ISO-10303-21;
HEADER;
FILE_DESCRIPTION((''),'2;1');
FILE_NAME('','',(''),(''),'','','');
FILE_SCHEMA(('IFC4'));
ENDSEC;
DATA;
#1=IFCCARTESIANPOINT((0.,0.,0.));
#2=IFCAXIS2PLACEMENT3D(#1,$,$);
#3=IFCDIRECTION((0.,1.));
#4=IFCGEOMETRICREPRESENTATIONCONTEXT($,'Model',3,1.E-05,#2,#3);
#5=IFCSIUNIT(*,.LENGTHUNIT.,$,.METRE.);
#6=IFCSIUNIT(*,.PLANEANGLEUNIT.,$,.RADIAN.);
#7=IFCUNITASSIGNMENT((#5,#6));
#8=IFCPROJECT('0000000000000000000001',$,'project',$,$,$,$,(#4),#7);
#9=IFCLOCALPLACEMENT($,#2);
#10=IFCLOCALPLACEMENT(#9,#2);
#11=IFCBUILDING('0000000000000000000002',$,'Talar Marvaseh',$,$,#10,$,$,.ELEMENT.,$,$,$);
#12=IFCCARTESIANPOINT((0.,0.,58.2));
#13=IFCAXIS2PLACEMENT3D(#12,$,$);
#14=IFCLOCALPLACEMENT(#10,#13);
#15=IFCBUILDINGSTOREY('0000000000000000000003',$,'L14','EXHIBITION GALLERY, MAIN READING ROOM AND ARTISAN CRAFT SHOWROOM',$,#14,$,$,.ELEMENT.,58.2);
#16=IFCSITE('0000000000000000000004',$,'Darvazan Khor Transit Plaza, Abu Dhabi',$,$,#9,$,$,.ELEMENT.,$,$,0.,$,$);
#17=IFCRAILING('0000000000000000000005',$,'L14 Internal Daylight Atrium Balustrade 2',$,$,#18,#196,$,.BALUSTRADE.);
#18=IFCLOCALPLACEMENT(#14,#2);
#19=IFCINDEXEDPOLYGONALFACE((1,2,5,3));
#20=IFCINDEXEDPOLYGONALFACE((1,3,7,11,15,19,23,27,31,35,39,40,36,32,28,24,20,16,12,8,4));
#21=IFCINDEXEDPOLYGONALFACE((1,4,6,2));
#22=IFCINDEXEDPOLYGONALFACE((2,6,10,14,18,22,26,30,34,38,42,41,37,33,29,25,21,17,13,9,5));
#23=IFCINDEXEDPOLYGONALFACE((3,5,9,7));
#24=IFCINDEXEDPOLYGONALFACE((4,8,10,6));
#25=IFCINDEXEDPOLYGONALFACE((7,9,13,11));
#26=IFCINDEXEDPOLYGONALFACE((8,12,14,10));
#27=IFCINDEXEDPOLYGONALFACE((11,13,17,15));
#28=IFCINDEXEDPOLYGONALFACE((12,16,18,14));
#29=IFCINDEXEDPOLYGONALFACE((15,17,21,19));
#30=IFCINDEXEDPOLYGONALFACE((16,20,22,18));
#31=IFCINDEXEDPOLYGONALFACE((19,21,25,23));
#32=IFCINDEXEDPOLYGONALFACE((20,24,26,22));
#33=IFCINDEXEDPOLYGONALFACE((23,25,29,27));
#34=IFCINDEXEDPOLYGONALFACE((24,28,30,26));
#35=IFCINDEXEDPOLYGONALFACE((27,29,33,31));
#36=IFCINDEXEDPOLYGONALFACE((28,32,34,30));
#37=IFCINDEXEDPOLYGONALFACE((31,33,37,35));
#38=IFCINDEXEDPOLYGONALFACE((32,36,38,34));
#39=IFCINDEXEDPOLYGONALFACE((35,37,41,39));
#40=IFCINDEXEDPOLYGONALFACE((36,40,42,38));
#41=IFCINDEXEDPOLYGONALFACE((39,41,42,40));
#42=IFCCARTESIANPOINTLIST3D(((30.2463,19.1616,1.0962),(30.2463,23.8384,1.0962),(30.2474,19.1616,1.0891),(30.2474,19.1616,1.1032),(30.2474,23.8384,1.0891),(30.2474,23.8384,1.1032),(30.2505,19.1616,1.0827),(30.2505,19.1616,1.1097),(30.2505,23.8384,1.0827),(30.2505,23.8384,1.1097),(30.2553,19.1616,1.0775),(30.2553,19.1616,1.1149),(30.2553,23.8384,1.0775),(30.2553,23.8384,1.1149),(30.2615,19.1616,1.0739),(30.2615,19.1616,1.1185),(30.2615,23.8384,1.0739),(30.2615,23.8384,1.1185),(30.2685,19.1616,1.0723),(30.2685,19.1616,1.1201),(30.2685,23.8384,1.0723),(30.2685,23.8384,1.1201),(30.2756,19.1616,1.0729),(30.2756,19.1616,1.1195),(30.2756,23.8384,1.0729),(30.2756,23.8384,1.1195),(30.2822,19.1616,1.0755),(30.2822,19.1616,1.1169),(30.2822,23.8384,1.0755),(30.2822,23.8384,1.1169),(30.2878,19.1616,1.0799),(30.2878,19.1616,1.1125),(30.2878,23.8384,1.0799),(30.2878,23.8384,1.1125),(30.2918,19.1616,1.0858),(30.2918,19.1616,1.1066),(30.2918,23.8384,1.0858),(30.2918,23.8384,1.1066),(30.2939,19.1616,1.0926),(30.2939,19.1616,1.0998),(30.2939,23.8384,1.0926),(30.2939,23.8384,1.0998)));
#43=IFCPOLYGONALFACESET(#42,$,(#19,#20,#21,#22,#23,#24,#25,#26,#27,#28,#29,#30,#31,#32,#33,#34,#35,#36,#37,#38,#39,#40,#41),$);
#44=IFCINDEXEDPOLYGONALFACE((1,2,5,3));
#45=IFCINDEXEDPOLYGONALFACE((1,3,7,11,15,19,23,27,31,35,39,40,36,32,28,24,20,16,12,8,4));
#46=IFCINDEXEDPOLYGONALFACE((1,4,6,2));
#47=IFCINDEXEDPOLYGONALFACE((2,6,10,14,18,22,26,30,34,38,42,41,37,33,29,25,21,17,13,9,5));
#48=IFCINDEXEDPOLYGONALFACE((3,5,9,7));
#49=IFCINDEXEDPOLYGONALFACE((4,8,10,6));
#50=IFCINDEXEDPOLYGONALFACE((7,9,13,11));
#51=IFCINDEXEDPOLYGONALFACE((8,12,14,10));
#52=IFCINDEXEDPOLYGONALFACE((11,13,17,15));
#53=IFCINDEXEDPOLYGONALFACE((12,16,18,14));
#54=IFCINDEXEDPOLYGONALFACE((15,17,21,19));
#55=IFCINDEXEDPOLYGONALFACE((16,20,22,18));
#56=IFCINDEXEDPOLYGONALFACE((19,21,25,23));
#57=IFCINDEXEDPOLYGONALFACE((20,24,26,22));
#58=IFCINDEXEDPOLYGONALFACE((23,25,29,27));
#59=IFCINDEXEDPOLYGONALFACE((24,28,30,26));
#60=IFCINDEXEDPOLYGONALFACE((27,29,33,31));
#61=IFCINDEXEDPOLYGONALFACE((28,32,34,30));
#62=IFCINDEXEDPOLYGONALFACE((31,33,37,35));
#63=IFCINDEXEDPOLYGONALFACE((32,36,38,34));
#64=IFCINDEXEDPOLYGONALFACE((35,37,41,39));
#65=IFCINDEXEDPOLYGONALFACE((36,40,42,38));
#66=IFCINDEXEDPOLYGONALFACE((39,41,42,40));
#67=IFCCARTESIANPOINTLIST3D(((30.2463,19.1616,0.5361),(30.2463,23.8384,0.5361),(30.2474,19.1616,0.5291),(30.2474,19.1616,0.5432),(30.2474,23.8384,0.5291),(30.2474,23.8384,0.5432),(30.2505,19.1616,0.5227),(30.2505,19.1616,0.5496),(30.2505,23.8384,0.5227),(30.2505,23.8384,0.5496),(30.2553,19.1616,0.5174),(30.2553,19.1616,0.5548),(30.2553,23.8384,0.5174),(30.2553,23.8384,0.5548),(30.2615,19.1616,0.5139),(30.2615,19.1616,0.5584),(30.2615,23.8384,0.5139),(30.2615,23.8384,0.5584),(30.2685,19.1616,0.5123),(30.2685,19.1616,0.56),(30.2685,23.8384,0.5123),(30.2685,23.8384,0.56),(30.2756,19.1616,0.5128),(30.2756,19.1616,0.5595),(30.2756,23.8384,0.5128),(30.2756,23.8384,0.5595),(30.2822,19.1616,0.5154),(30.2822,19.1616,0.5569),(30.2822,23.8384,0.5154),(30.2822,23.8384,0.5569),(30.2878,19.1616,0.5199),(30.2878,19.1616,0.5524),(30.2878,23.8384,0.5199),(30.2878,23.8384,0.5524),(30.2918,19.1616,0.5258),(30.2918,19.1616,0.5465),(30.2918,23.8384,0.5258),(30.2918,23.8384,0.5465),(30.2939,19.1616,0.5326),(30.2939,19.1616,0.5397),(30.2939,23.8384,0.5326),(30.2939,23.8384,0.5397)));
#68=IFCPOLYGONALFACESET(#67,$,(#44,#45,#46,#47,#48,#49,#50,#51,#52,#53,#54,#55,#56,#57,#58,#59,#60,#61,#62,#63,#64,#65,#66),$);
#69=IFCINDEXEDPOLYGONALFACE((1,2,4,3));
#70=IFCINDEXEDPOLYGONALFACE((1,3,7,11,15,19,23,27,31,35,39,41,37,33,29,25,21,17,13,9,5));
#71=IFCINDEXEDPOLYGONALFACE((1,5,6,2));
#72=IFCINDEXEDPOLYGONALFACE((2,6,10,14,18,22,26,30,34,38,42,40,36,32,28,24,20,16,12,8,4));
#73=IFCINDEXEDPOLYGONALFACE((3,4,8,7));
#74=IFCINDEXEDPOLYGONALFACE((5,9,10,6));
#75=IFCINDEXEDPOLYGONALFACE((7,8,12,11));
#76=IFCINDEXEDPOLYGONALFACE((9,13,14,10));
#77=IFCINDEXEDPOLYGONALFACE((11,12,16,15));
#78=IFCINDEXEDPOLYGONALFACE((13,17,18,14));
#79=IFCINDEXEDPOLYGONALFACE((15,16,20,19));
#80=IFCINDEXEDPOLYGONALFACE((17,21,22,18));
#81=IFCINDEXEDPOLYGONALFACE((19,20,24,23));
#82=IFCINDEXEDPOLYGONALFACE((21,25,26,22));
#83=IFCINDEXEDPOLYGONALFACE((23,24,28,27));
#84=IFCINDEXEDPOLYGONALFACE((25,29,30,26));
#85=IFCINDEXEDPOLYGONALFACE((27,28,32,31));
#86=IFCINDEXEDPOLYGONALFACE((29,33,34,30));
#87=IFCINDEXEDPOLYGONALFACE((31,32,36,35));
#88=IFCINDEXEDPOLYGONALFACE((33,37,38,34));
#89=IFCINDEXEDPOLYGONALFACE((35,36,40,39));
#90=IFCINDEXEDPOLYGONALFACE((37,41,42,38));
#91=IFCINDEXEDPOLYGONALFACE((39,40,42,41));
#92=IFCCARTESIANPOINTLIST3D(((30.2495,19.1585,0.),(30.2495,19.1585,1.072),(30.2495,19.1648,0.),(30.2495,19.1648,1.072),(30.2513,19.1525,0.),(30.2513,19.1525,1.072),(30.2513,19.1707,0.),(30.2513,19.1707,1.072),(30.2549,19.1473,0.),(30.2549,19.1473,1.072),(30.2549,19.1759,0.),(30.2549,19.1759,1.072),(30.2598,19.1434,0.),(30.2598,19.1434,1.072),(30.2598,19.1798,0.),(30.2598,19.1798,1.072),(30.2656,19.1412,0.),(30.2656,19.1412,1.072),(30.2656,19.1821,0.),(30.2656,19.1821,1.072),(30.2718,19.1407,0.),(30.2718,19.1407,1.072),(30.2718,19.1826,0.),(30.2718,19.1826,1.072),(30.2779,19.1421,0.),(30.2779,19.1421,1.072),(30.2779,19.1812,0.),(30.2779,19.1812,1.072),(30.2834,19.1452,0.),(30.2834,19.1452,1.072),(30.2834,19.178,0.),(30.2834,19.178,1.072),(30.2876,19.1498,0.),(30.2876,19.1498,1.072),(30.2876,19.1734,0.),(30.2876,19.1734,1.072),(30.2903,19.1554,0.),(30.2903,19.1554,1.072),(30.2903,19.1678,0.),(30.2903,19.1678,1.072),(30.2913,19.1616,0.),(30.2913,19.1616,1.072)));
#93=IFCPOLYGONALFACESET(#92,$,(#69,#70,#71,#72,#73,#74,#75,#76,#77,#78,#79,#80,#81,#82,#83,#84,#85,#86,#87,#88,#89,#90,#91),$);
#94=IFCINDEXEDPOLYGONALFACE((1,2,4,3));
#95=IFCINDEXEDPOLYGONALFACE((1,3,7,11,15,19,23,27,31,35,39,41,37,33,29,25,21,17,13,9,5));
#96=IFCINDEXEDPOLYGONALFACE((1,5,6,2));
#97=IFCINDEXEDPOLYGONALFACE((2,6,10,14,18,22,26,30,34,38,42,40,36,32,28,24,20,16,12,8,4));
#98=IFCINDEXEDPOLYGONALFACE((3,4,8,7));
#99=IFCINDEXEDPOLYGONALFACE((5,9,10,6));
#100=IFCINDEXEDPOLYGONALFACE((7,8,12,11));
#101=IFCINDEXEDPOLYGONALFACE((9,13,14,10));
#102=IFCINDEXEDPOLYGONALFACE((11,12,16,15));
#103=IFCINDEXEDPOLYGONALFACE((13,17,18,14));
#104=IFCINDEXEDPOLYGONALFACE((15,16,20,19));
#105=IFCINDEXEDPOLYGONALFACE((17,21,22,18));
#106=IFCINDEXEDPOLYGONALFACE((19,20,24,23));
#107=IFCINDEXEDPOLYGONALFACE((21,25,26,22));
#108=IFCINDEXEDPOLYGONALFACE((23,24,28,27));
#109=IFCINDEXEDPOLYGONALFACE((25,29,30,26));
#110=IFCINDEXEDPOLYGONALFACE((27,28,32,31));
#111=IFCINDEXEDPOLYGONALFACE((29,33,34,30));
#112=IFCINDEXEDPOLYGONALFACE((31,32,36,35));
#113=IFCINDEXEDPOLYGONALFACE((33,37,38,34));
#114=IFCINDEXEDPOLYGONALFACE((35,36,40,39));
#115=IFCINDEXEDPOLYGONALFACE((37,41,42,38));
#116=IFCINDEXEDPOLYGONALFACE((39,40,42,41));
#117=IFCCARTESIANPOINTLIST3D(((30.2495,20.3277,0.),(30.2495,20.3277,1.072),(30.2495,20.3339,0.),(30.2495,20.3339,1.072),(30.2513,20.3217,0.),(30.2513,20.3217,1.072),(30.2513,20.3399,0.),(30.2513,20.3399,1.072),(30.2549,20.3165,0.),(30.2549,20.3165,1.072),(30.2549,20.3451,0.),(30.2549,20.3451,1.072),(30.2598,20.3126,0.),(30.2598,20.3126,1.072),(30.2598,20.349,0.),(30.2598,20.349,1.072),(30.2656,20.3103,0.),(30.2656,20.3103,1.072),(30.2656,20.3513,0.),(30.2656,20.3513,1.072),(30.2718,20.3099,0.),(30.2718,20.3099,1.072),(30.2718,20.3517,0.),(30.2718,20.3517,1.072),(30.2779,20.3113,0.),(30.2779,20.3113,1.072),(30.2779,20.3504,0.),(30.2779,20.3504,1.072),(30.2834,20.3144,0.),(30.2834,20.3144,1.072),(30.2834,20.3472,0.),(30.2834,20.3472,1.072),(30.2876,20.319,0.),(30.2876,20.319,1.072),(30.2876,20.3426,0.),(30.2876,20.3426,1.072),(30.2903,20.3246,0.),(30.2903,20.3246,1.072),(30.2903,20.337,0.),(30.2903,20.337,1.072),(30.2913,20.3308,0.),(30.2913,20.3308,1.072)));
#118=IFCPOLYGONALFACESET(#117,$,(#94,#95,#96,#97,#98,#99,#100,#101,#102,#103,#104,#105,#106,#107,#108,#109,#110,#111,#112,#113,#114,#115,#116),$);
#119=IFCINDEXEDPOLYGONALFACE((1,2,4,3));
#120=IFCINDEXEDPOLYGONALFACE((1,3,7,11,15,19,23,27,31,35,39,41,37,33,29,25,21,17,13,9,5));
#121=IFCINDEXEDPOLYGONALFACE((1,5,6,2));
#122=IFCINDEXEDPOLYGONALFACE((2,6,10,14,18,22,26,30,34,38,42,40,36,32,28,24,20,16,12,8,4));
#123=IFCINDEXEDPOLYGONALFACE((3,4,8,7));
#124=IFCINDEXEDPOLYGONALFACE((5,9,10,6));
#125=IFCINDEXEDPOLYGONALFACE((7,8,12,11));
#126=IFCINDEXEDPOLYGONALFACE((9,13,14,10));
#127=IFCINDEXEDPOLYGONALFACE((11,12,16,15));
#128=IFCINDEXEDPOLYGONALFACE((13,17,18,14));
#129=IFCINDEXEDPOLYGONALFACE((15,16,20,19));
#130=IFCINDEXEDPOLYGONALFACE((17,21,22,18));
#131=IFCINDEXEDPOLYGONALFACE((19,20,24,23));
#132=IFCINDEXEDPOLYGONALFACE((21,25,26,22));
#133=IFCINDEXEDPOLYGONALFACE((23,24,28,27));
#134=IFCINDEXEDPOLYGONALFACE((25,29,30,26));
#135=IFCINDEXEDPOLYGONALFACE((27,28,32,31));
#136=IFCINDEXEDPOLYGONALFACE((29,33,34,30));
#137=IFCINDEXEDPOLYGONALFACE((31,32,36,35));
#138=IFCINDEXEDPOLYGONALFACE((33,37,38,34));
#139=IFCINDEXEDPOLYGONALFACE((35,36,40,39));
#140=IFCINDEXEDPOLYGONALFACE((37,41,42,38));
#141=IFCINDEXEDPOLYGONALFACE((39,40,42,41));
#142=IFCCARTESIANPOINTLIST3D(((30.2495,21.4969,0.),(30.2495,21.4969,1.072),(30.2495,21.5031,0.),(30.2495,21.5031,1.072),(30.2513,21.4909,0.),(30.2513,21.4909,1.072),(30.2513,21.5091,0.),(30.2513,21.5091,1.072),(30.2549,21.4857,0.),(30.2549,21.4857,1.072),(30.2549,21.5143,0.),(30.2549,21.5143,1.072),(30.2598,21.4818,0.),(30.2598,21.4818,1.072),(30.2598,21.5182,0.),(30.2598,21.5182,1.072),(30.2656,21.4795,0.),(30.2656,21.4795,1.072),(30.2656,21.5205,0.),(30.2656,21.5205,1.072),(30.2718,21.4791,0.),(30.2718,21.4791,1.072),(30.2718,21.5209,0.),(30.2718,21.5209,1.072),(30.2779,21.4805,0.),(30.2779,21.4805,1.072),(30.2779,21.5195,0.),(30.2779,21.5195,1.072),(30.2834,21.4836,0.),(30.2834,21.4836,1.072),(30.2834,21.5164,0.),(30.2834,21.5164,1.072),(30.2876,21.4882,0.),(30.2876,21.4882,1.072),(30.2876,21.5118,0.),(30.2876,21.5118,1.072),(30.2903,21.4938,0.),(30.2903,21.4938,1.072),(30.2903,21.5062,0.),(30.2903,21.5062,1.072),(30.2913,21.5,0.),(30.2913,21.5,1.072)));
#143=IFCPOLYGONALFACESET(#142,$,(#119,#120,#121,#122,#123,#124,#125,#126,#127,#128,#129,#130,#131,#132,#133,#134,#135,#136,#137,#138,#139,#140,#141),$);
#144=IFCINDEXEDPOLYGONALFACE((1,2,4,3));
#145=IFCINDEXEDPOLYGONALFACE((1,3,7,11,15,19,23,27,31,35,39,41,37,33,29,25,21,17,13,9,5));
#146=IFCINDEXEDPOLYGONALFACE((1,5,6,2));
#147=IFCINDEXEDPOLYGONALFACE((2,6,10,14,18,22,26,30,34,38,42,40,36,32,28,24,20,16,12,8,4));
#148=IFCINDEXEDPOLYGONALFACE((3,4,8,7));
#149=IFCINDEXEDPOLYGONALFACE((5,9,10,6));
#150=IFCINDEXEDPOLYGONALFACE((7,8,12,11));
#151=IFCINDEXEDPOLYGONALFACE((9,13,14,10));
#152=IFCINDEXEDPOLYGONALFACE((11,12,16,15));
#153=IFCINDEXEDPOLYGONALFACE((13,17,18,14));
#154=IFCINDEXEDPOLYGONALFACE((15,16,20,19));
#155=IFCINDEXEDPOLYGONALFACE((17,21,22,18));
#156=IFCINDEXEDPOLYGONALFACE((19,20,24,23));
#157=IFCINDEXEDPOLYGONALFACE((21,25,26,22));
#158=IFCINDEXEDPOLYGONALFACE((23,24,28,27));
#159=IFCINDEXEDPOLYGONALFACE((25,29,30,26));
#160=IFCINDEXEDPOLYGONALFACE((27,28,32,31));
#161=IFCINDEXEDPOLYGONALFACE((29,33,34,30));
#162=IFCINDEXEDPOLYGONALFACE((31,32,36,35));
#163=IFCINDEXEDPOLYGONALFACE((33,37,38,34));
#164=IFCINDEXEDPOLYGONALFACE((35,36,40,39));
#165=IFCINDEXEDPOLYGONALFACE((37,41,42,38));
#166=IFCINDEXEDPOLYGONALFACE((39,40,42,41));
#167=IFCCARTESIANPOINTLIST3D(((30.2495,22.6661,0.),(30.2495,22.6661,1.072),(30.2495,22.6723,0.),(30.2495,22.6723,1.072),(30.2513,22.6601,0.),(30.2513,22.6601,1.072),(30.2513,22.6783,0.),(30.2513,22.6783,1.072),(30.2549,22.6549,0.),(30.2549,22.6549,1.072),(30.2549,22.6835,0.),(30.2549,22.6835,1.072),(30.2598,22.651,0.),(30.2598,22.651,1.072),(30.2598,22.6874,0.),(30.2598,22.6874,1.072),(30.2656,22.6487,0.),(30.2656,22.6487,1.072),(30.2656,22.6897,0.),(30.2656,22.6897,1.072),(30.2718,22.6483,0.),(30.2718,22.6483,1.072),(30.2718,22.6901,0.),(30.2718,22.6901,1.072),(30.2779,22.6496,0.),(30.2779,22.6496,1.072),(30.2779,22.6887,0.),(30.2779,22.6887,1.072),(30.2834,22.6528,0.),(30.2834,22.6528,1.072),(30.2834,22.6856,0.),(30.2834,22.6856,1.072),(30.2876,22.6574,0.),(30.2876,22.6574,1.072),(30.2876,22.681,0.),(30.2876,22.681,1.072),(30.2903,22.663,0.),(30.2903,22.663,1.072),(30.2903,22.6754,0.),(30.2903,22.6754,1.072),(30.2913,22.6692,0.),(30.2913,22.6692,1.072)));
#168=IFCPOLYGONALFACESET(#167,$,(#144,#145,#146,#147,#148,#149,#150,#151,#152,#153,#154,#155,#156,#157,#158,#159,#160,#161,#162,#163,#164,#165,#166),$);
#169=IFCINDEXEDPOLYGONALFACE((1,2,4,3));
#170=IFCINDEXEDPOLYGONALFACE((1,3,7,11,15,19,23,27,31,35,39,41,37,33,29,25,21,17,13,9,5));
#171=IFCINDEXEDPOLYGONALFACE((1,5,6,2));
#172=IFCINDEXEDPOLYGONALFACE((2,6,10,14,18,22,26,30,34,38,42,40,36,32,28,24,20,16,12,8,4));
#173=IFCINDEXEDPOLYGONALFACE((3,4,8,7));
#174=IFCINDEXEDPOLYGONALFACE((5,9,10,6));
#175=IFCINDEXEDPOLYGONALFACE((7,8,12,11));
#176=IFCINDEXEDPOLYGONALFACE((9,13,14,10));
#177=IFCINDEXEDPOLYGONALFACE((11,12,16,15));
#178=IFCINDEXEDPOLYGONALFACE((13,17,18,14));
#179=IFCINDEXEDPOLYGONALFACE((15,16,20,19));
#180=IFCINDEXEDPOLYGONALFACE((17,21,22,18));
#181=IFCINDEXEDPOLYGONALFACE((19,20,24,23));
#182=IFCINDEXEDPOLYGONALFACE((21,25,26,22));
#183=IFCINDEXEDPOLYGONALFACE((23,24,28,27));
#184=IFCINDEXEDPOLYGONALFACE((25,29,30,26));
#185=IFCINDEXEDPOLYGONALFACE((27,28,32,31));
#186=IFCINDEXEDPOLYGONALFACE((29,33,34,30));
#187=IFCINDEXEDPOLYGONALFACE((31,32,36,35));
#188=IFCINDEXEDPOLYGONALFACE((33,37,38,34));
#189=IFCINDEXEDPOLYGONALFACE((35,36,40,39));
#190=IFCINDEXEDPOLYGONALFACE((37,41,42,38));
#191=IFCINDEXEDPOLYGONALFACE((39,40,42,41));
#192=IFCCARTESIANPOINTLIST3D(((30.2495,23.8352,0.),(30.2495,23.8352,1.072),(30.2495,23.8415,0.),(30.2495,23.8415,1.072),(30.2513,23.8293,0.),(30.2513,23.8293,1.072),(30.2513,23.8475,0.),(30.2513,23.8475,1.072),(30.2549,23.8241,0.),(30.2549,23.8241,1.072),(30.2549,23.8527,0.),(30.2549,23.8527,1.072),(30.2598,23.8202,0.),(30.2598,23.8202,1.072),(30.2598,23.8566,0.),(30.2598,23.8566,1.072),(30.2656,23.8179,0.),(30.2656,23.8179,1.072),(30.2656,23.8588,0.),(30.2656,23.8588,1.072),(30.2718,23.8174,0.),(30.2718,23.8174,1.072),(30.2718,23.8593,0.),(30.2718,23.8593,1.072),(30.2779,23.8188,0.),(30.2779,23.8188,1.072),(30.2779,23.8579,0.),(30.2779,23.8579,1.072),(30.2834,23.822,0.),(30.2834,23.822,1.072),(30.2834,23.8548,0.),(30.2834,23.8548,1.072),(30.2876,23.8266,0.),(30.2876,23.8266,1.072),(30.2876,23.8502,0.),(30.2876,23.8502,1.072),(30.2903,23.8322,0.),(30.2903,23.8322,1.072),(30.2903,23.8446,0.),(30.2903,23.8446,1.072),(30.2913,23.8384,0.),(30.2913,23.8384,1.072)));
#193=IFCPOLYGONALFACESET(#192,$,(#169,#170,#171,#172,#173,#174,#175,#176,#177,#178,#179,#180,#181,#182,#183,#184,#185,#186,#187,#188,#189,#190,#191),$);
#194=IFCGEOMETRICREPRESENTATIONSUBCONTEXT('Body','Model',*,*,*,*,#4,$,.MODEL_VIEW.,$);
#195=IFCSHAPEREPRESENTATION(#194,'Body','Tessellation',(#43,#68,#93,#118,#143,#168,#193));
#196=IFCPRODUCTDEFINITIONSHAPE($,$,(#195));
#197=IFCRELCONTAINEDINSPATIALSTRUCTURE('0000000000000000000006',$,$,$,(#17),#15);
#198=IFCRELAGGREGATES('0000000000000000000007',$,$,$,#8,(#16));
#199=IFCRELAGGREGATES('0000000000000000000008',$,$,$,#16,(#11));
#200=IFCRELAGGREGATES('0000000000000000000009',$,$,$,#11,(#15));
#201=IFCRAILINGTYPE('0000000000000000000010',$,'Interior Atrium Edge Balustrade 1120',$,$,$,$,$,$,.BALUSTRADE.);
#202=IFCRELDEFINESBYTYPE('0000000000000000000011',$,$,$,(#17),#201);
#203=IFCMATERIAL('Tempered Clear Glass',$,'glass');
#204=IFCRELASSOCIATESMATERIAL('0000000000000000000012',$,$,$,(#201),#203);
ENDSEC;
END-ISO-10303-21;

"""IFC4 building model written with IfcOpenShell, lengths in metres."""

from ifc_helpers import new_model, si_unit, direction, frame, origin, origin_2d, place, context, subcontext, project, spatial, circle, extrude, material, type_object, element, save


model = new_model("IFC4")

# Units and contexts
model_context = context("Model", 3, precision=1e-05, world=origin(), true_north=direction((0.0, 1.0)))
body_context = subcontext(model_context, "Body", "Model", "MODEL_VIEW")
ifc_project = project(units=[si_unit("LENGTHUNIT", "METRE"), si_unit("PLANEANGLEUNIT", "RADIAN")], contexts=[model_context])

# Site, building, storey
site_placement = place(None, origin())
site = spatial("IfcSite", under=ifc_project, at=site_placement, Name="Darvazan Khor Transit Plaza, Abu Dhabi", CompositionType="ELEMENT", RefElevation=0.0)
building_placement = place(site_placement, origin())
building = spatial("IfcBuilding", under=site, at=building_placement, Name="Talar Marvaseh", CompositionType="ELEMENT")
storey_placement = place(building_placement, frame((0.0, 0.0, 58.2)))
storey = spatial("IfcBuildingStorey", under=building, at=storey_placement, Name="L14", Description="EXHIBITION GALLERY, MAIN READING ROOM AND ARTISAN CRAFT SHOWROOM", CompositionType="ELEMENT", Elevation=58.2)

# Railing
ifc_material_1 = material(Name="Tempered Clear Glass", Category="glass")
railing_type_1 = type_object("IfcRailingType", Name="Interior Atrium Edge Balustrade 1120", PredefinedType="BALUSTRADE", material=ifc_material_1)
railing_1_placement = place(storey_placement, frame((30.2703, 19.1616, 0.0)))
element("IfcRailing", 1, at=railing_1_placement, inside=storey, type_object=railing_type_1, Name="L14 Internal Daylight Atrium Balustrade 2", PredefinedType="BALUSTRADE", context=body_context, shape_type="SweptSolid", body=[
    extrude(circle(Radius=0.0239, at=origin_2d()), frame((0.0, 0.0, 1.0962), z_axis=(0.0, 1.0, 0.0), x_axis=(-1.0, 0.0, 0.0)), (0.0, 0.0, 1.0), 4.6768),
    extrude(circle(Radius=0.0239, at=origin_2d()), frame((0.0, 0.0, 0.5361), z_axis=(0.0, 1.0, 0.0), x_axis=(-1.0, 0.0, 0.0)), (0.0, 0.0, 1.0), 4.6768),
    extrude(circle(Radius=0.021, at=origin_2d()), origin(), (0.0, 0.0, 1.0), 1.072),
    extrude(circle(Radius=0.021, at=origin_2d()), frame((0.0, 1.1692, 0.0)), (0.0, 0.0, 1.0), 1.072),
    extrude(circle(Radius=0.021, at=origin_2d()), frame((0.0, 2.3384, 0.0)), (0.0, 0.0, 1.0), 1.072),
    extrude(circle(Radius=0.021, at=origin_2d()), frame((0.0, 3.5076, 0.0)), (0.0, 0.0, 1.0), 1.072),
    extrude(circle(Radius=0.021, at=origin_2d()), frame((0.0, 4.6768, 0.0)), (0.0, 0.0, 1.0), 1.072),
])

save(model, "model.ifc")
